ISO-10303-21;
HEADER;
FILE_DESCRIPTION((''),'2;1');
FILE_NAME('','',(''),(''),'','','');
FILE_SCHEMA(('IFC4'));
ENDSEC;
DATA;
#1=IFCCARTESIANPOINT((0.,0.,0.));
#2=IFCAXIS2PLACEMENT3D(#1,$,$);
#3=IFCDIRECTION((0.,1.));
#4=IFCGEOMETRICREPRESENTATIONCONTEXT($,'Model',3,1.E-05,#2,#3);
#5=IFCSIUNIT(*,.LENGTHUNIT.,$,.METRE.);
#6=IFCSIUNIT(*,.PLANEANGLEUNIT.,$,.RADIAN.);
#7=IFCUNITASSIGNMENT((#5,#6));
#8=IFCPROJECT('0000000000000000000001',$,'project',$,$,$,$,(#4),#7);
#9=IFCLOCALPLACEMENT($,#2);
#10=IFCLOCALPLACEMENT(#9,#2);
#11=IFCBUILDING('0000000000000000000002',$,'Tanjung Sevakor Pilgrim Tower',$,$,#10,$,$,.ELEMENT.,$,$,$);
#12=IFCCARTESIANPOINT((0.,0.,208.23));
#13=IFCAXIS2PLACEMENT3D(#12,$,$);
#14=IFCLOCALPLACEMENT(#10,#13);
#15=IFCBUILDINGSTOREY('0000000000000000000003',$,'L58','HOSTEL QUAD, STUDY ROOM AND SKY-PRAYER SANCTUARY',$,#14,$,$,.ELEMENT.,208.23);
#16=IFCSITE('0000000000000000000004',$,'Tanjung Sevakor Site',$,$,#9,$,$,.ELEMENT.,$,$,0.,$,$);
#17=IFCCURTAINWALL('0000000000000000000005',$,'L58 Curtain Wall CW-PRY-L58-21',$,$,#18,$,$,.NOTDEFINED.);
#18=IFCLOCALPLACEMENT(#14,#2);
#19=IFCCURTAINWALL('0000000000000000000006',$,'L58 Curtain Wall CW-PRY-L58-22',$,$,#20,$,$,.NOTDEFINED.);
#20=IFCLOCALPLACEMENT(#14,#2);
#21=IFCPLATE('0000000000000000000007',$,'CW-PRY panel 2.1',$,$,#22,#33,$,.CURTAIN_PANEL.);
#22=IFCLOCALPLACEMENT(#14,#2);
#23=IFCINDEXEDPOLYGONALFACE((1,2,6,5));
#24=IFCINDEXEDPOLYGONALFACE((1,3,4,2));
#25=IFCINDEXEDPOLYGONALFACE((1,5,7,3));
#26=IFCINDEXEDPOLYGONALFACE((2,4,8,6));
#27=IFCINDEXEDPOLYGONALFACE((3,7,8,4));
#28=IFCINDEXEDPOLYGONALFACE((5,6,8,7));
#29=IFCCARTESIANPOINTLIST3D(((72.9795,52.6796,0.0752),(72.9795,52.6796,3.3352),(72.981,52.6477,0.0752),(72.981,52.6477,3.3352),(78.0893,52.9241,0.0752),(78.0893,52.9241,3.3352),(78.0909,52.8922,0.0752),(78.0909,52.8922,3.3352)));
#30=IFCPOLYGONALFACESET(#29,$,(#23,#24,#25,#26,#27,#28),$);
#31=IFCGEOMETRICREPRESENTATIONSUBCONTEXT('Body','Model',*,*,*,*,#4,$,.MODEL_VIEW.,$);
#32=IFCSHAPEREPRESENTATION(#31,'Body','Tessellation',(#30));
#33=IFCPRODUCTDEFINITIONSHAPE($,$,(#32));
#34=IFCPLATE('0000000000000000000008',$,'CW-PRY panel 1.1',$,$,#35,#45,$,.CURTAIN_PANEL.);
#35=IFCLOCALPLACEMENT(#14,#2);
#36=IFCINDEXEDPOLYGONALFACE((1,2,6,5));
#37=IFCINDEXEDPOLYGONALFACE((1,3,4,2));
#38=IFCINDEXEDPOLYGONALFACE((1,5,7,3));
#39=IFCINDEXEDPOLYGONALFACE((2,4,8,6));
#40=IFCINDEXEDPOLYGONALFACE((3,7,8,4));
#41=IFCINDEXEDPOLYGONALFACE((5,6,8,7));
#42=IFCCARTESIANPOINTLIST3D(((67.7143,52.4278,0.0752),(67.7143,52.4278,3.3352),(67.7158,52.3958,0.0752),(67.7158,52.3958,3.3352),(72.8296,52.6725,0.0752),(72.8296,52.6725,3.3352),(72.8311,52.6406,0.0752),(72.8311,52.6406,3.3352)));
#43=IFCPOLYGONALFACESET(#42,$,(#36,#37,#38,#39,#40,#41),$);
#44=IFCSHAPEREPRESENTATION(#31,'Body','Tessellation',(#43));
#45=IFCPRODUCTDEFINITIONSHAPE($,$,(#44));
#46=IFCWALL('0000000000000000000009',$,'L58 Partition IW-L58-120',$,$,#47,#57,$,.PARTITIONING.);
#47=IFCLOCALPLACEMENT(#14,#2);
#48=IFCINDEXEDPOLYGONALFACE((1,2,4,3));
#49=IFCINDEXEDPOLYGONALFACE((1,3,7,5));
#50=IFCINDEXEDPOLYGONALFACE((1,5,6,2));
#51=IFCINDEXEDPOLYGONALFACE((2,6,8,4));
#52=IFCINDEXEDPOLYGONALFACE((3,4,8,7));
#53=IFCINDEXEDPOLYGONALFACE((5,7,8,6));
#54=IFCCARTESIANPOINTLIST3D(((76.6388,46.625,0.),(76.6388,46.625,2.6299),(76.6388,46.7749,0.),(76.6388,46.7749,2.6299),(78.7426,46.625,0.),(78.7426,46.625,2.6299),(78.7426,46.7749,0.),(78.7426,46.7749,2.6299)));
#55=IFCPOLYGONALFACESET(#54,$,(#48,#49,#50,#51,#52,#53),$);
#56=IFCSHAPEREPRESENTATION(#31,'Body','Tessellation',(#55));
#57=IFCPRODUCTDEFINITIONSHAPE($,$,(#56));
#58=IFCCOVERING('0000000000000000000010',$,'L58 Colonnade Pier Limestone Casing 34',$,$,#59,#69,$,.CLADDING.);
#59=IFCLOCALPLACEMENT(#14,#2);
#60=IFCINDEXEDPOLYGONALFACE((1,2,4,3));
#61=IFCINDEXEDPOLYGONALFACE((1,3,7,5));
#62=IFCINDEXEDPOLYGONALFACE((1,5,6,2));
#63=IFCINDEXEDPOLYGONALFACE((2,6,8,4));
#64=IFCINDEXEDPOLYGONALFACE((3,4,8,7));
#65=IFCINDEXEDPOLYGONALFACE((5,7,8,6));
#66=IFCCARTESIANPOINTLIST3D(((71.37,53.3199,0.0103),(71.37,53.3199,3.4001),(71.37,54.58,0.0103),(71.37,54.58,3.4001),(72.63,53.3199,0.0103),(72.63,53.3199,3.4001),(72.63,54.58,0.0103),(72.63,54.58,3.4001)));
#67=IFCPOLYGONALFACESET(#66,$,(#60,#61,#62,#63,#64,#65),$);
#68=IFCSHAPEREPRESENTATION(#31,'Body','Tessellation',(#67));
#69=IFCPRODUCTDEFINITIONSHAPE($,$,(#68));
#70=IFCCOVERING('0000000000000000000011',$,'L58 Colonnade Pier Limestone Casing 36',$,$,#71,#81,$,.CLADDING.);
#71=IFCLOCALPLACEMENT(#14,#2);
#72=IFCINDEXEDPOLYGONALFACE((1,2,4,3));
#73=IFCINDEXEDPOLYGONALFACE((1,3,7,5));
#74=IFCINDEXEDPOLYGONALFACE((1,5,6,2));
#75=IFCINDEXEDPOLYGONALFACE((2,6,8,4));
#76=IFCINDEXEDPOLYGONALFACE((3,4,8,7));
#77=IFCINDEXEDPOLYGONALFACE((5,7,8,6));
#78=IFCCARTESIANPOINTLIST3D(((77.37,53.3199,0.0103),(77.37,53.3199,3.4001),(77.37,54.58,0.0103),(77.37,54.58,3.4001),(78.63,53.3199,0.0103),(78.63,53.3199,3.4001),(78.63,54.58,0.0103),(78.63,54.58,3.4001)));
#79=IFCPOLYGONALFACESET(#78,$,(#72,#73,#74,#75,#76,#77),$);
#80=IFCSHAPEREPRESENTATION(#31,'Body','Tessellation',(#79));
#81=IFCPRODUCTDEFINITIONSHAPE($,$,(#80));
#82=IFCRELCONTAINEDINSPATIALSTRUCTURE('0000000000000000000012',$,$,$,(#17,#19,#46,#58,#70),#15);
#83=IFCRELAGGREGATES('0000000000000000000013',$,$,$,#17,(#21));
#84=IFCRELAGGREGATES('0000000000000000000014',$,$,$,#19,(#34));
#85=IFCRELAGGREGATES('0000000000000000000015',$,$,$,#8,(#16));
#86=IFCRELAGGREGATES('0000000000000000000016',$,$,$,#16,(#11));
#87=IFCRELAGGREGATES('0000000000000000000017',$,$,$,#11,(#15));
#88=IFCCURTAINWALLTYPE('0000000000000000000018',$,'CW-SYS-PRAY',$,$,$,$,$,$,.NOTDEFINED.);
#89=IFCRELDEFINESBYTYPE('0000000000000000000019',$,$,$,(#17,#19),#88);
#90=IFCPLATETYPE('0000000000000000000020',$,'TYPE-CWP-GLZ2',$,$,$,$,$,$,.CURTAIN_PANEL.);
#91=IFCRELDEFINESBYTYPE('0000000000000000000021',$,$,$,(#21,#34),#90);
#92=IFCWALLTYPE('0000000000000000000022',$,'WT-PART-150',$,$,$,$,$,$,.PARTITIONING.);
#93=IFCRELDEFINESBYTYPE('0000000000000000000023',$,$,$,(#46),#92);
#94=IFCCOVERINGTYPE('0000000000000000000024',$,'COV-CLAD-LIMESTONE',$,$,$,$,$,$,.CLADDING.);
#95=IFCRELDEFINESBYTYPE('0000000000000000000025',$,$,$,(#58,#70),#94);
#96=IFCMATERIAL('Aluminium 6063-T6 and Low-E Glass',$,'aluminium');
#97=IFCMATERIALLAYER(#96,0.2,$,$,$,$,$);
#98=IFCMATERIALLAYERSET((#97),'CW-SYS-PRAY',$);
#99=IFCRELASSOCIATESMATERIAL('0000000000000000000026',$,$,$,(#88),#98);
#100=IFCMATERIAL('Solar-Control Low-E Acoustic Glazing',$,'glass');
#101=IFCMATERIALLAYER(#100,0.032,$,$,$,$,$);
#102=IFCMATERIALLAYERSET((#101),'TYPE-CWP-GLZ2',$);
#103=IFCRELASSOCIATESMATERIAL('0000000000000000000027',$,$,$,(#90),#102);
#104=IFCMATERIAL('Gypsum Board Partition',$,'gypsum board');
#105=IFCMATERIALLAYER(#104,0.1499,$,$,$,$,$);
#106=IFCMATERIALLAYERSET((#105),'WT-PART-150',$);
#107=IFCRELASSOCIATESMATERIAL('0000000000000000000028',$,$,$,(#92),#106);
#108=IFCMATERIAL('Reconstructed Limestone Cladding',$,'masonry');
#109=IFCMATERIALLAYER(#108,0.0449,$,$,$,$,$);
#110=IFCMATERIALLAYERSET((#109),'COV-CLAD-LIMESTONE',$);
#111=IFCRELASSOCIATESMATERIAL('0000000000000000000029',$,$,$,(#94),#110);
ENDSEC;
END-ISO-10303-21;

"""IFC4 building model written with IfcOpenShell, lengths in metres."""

from ifc_helpers import new_model, si_unit, direction, frame, frame_2d, origin, origin_2d, place, context, subcontext, project, spatial, rectangle, extrude, material, layer, layer_set, type_object, element, aggregate, save


model = new_model("IFC4")

# Units and contexts
model_context = context("Model", 3, precision=1e-05, world=origin(), true_north=direction((0.0, 1.0)))
body_context = subcontext(model_context, "Body", "Model", "MODEL_VIEW")
ifc_project = project(units=[si_unit("LENGTHUNIT", "METRE"), si_unit("PLANEANGLEUNIT", "RADIAN")], contexts=[model_context])

# Site, building, storey
site_placement = place(None, origin())
site = spatial("IfcSite", under=ifc_project, at=site_placement, Name="Tanjung Sevakor Site", CompositionType="ELEMENT", RefElevation=0.0)
building_placement = place(site_placement, origin())
building = spatial("IfcBuilding", under=site, at=building_placement, Name="Tanjung Sevakor Pilgrim Tower", CompositionType="ELEMENT")
storey_placement = place(building_placement, frame((0.0, 0.0, 208.23)))
storey = spatial("IfcBuildingStorey", under=building, at=storey_placement, Name="L58", Description="HOSTEL QUAD, STUDY ROOM AND SKY-PRAYER SANCTUARY", CompositionType="ELEMENT", Elevation=208.23)

# Curtain wall
ifc_material_1 = material(Name="Aluminium 6063-T6 and Low-E Glass", Category="aluminium")
ifc_layer_1 = layer(ifc_material_1, 0.2)
ifc_layer_set_1 = layer_set([ifc_layer_1], Name="CW-SYS-PRAY")
curtain_wall_type = type_object("IfcCurtainWallType", Name="CW-SYS-PRAY", PredefinedType="NOTDEFINED", material=ifc_layer_set_1)
curtain_wall_1_placement = place(storey_placement, origin())
curtain_wall_1 = element("IfcCurtainWall", 1, at=curtain_wall_1_placement, inside=storey, type_object=curtain_wall_type, Name="L58 Curtain Wall CW-PRY-L58-21", PredefinedType="NOTDEFINED")

# Curtain wall
curtain_wall_2_placement = place(storey_placement, origin())
curtain_wall_2 = element("IfcCurtainWall", 2, at=curtain_wall_2_placement, inside=storey, type_object=curtain_wall_type, Name="L58 Curtain Wall CW-PRY-L58-22", PredefinedType="NOTDEFINED")

# Plates
ifc_material_2 = material(Name="Solar-Control Low-E Acoustic Glazing", Category="glass")
ifc_layer_2 = layer(ifc_material_2, 0.032)
ifc_layer_set_2 = layer_set([ifc_layer_2], Name="TYPE-CWP-GLZ2")
plate_type = type_object("IfcPlateType", Name="TYPE-CWP-GLZ2", PredefinedType="CURTAIN_PANEL", material=ifc_layer_set_2)
plate_1_placement = place(storey_placement, frame((75.5352, 52.7859, 0.0752), z_axis=(0.0, 0.0, 1.0), x_axis=(-0.998857, -0.047797, 0.0)))
plate_1 = element("IfcPlate", 3, at=plate_1_placement, type_object=plate_type, Name="CW-PRY panel 2.1", PredefinedType="CURTAIN_PANEL", context=body_context, shape_type="SweptSolid", body=[
    extrude(rectangle(XDim=5.1157, YDim=0.032, at=origin_2d()), origin(), (0.0, 0.0, 1.0), 3.26),
])
aggregate(curtain_wall_1, [plate_1])
plate_2_placement = place(storey_placement, frame((70.2727, 52.5342, 0.0752), z_axis=(0.0, 0.0, 1.0), x_axis=(-0.998858, -0.047787, 0.0)))
plate_2 = element("IfcPlate", 4, at=plate_2_placement, type_object=plate_type, Name="CW-PRY panel 1.1", PredefinedType="CURTAIN_PANEL", context=body_context, shape_type="SweptSolid", body=[
    extrude(rectangle(XDim=5.1211, YDim=0.032, at=origin_2d()), origin(), (0.0, 0.0, 1.0), 3.26),
])
aggregate(curtain_wall_2, [plate_2])

# Wall
ifc_material_3 = material(Name="Gypsum Board Partition", Category="gypsum board")
ifc_layer_3 = layer(ifc_material_3, 0.1499)
ifc_layer_set_3 = layer_set([ifc_layer_3], Name="WT-PART-150")
wall_type = type_object("IfcWallType", Name="WT-PART-150", PredefinedType="PARTITIONING", material=ifc_layer_set_3)
wall_placement = place(storey_placement, frame((76.6389, 46.7, 0.0), z_axis=(0.0, 0.0, 1.0), x_axis=(1.0, 0.0, 0.0)))
element("IfcWall", 5, at=wall_placement, inside=storey, type_object=wall_type, Name="L58 Partition IW-L58-120", PredefinedType="PARTITIONING", context=body_context, shape_type="SweptSolid", body=[
    extrude(rectangle(XDim=2.1038, YDim=0.1499, at=frame_2d((1.0518, 0.0))), origin(), (0.0, 0.0, 1.0), 2.6299),
])

# Coverings
ifc_material_4 = material(Name="Reconstructed Limestone Cladding", Category="masonry")
ifc_layer_4 = layer(ifc_material_4, 0.0449)
ifc_layer_set_4 = layer_set([ifc_layer_4], Name="COV-CLAD-LIMESTONE")
covering_type = type_object("IfcCoveringType", Name="COV-CLAD-LIMESTONE", PredefinedType="CLADDING", material=ifc_layer_set_4)
for number, where, z_axis, x_axis, name in (
    (6, (72.0, 53.95, 0.0103), (0.0, 0.0, 1.0), (1.0, 0.0, 0.0), "L58 Colonnade Pier Limestone Casing 34"),
    (7, (78.0, 53.95, 0.0103), (0.0, 0.0, 1.0), (1.0, 0.0, 0.0), "L58 Colonnade Pier Limestone Casing 36"),
):
    element("IfcCovering", number, at=place(storey_placement, frame(where, z_axis=z_axis, x_axis=x_axis)), inside=storey, type_object=covering_type, Name=name, PredefinedType="CLADDING", context=body_context, shape_type="SweptSolid", body=[
        extrude(rectangle(XDim=1.26, YDim=1.26, at=origin_2d()), origin(), (0.0, 0.0, 1.0), 3.3899),
    ])

save(model, "model.ifc")
